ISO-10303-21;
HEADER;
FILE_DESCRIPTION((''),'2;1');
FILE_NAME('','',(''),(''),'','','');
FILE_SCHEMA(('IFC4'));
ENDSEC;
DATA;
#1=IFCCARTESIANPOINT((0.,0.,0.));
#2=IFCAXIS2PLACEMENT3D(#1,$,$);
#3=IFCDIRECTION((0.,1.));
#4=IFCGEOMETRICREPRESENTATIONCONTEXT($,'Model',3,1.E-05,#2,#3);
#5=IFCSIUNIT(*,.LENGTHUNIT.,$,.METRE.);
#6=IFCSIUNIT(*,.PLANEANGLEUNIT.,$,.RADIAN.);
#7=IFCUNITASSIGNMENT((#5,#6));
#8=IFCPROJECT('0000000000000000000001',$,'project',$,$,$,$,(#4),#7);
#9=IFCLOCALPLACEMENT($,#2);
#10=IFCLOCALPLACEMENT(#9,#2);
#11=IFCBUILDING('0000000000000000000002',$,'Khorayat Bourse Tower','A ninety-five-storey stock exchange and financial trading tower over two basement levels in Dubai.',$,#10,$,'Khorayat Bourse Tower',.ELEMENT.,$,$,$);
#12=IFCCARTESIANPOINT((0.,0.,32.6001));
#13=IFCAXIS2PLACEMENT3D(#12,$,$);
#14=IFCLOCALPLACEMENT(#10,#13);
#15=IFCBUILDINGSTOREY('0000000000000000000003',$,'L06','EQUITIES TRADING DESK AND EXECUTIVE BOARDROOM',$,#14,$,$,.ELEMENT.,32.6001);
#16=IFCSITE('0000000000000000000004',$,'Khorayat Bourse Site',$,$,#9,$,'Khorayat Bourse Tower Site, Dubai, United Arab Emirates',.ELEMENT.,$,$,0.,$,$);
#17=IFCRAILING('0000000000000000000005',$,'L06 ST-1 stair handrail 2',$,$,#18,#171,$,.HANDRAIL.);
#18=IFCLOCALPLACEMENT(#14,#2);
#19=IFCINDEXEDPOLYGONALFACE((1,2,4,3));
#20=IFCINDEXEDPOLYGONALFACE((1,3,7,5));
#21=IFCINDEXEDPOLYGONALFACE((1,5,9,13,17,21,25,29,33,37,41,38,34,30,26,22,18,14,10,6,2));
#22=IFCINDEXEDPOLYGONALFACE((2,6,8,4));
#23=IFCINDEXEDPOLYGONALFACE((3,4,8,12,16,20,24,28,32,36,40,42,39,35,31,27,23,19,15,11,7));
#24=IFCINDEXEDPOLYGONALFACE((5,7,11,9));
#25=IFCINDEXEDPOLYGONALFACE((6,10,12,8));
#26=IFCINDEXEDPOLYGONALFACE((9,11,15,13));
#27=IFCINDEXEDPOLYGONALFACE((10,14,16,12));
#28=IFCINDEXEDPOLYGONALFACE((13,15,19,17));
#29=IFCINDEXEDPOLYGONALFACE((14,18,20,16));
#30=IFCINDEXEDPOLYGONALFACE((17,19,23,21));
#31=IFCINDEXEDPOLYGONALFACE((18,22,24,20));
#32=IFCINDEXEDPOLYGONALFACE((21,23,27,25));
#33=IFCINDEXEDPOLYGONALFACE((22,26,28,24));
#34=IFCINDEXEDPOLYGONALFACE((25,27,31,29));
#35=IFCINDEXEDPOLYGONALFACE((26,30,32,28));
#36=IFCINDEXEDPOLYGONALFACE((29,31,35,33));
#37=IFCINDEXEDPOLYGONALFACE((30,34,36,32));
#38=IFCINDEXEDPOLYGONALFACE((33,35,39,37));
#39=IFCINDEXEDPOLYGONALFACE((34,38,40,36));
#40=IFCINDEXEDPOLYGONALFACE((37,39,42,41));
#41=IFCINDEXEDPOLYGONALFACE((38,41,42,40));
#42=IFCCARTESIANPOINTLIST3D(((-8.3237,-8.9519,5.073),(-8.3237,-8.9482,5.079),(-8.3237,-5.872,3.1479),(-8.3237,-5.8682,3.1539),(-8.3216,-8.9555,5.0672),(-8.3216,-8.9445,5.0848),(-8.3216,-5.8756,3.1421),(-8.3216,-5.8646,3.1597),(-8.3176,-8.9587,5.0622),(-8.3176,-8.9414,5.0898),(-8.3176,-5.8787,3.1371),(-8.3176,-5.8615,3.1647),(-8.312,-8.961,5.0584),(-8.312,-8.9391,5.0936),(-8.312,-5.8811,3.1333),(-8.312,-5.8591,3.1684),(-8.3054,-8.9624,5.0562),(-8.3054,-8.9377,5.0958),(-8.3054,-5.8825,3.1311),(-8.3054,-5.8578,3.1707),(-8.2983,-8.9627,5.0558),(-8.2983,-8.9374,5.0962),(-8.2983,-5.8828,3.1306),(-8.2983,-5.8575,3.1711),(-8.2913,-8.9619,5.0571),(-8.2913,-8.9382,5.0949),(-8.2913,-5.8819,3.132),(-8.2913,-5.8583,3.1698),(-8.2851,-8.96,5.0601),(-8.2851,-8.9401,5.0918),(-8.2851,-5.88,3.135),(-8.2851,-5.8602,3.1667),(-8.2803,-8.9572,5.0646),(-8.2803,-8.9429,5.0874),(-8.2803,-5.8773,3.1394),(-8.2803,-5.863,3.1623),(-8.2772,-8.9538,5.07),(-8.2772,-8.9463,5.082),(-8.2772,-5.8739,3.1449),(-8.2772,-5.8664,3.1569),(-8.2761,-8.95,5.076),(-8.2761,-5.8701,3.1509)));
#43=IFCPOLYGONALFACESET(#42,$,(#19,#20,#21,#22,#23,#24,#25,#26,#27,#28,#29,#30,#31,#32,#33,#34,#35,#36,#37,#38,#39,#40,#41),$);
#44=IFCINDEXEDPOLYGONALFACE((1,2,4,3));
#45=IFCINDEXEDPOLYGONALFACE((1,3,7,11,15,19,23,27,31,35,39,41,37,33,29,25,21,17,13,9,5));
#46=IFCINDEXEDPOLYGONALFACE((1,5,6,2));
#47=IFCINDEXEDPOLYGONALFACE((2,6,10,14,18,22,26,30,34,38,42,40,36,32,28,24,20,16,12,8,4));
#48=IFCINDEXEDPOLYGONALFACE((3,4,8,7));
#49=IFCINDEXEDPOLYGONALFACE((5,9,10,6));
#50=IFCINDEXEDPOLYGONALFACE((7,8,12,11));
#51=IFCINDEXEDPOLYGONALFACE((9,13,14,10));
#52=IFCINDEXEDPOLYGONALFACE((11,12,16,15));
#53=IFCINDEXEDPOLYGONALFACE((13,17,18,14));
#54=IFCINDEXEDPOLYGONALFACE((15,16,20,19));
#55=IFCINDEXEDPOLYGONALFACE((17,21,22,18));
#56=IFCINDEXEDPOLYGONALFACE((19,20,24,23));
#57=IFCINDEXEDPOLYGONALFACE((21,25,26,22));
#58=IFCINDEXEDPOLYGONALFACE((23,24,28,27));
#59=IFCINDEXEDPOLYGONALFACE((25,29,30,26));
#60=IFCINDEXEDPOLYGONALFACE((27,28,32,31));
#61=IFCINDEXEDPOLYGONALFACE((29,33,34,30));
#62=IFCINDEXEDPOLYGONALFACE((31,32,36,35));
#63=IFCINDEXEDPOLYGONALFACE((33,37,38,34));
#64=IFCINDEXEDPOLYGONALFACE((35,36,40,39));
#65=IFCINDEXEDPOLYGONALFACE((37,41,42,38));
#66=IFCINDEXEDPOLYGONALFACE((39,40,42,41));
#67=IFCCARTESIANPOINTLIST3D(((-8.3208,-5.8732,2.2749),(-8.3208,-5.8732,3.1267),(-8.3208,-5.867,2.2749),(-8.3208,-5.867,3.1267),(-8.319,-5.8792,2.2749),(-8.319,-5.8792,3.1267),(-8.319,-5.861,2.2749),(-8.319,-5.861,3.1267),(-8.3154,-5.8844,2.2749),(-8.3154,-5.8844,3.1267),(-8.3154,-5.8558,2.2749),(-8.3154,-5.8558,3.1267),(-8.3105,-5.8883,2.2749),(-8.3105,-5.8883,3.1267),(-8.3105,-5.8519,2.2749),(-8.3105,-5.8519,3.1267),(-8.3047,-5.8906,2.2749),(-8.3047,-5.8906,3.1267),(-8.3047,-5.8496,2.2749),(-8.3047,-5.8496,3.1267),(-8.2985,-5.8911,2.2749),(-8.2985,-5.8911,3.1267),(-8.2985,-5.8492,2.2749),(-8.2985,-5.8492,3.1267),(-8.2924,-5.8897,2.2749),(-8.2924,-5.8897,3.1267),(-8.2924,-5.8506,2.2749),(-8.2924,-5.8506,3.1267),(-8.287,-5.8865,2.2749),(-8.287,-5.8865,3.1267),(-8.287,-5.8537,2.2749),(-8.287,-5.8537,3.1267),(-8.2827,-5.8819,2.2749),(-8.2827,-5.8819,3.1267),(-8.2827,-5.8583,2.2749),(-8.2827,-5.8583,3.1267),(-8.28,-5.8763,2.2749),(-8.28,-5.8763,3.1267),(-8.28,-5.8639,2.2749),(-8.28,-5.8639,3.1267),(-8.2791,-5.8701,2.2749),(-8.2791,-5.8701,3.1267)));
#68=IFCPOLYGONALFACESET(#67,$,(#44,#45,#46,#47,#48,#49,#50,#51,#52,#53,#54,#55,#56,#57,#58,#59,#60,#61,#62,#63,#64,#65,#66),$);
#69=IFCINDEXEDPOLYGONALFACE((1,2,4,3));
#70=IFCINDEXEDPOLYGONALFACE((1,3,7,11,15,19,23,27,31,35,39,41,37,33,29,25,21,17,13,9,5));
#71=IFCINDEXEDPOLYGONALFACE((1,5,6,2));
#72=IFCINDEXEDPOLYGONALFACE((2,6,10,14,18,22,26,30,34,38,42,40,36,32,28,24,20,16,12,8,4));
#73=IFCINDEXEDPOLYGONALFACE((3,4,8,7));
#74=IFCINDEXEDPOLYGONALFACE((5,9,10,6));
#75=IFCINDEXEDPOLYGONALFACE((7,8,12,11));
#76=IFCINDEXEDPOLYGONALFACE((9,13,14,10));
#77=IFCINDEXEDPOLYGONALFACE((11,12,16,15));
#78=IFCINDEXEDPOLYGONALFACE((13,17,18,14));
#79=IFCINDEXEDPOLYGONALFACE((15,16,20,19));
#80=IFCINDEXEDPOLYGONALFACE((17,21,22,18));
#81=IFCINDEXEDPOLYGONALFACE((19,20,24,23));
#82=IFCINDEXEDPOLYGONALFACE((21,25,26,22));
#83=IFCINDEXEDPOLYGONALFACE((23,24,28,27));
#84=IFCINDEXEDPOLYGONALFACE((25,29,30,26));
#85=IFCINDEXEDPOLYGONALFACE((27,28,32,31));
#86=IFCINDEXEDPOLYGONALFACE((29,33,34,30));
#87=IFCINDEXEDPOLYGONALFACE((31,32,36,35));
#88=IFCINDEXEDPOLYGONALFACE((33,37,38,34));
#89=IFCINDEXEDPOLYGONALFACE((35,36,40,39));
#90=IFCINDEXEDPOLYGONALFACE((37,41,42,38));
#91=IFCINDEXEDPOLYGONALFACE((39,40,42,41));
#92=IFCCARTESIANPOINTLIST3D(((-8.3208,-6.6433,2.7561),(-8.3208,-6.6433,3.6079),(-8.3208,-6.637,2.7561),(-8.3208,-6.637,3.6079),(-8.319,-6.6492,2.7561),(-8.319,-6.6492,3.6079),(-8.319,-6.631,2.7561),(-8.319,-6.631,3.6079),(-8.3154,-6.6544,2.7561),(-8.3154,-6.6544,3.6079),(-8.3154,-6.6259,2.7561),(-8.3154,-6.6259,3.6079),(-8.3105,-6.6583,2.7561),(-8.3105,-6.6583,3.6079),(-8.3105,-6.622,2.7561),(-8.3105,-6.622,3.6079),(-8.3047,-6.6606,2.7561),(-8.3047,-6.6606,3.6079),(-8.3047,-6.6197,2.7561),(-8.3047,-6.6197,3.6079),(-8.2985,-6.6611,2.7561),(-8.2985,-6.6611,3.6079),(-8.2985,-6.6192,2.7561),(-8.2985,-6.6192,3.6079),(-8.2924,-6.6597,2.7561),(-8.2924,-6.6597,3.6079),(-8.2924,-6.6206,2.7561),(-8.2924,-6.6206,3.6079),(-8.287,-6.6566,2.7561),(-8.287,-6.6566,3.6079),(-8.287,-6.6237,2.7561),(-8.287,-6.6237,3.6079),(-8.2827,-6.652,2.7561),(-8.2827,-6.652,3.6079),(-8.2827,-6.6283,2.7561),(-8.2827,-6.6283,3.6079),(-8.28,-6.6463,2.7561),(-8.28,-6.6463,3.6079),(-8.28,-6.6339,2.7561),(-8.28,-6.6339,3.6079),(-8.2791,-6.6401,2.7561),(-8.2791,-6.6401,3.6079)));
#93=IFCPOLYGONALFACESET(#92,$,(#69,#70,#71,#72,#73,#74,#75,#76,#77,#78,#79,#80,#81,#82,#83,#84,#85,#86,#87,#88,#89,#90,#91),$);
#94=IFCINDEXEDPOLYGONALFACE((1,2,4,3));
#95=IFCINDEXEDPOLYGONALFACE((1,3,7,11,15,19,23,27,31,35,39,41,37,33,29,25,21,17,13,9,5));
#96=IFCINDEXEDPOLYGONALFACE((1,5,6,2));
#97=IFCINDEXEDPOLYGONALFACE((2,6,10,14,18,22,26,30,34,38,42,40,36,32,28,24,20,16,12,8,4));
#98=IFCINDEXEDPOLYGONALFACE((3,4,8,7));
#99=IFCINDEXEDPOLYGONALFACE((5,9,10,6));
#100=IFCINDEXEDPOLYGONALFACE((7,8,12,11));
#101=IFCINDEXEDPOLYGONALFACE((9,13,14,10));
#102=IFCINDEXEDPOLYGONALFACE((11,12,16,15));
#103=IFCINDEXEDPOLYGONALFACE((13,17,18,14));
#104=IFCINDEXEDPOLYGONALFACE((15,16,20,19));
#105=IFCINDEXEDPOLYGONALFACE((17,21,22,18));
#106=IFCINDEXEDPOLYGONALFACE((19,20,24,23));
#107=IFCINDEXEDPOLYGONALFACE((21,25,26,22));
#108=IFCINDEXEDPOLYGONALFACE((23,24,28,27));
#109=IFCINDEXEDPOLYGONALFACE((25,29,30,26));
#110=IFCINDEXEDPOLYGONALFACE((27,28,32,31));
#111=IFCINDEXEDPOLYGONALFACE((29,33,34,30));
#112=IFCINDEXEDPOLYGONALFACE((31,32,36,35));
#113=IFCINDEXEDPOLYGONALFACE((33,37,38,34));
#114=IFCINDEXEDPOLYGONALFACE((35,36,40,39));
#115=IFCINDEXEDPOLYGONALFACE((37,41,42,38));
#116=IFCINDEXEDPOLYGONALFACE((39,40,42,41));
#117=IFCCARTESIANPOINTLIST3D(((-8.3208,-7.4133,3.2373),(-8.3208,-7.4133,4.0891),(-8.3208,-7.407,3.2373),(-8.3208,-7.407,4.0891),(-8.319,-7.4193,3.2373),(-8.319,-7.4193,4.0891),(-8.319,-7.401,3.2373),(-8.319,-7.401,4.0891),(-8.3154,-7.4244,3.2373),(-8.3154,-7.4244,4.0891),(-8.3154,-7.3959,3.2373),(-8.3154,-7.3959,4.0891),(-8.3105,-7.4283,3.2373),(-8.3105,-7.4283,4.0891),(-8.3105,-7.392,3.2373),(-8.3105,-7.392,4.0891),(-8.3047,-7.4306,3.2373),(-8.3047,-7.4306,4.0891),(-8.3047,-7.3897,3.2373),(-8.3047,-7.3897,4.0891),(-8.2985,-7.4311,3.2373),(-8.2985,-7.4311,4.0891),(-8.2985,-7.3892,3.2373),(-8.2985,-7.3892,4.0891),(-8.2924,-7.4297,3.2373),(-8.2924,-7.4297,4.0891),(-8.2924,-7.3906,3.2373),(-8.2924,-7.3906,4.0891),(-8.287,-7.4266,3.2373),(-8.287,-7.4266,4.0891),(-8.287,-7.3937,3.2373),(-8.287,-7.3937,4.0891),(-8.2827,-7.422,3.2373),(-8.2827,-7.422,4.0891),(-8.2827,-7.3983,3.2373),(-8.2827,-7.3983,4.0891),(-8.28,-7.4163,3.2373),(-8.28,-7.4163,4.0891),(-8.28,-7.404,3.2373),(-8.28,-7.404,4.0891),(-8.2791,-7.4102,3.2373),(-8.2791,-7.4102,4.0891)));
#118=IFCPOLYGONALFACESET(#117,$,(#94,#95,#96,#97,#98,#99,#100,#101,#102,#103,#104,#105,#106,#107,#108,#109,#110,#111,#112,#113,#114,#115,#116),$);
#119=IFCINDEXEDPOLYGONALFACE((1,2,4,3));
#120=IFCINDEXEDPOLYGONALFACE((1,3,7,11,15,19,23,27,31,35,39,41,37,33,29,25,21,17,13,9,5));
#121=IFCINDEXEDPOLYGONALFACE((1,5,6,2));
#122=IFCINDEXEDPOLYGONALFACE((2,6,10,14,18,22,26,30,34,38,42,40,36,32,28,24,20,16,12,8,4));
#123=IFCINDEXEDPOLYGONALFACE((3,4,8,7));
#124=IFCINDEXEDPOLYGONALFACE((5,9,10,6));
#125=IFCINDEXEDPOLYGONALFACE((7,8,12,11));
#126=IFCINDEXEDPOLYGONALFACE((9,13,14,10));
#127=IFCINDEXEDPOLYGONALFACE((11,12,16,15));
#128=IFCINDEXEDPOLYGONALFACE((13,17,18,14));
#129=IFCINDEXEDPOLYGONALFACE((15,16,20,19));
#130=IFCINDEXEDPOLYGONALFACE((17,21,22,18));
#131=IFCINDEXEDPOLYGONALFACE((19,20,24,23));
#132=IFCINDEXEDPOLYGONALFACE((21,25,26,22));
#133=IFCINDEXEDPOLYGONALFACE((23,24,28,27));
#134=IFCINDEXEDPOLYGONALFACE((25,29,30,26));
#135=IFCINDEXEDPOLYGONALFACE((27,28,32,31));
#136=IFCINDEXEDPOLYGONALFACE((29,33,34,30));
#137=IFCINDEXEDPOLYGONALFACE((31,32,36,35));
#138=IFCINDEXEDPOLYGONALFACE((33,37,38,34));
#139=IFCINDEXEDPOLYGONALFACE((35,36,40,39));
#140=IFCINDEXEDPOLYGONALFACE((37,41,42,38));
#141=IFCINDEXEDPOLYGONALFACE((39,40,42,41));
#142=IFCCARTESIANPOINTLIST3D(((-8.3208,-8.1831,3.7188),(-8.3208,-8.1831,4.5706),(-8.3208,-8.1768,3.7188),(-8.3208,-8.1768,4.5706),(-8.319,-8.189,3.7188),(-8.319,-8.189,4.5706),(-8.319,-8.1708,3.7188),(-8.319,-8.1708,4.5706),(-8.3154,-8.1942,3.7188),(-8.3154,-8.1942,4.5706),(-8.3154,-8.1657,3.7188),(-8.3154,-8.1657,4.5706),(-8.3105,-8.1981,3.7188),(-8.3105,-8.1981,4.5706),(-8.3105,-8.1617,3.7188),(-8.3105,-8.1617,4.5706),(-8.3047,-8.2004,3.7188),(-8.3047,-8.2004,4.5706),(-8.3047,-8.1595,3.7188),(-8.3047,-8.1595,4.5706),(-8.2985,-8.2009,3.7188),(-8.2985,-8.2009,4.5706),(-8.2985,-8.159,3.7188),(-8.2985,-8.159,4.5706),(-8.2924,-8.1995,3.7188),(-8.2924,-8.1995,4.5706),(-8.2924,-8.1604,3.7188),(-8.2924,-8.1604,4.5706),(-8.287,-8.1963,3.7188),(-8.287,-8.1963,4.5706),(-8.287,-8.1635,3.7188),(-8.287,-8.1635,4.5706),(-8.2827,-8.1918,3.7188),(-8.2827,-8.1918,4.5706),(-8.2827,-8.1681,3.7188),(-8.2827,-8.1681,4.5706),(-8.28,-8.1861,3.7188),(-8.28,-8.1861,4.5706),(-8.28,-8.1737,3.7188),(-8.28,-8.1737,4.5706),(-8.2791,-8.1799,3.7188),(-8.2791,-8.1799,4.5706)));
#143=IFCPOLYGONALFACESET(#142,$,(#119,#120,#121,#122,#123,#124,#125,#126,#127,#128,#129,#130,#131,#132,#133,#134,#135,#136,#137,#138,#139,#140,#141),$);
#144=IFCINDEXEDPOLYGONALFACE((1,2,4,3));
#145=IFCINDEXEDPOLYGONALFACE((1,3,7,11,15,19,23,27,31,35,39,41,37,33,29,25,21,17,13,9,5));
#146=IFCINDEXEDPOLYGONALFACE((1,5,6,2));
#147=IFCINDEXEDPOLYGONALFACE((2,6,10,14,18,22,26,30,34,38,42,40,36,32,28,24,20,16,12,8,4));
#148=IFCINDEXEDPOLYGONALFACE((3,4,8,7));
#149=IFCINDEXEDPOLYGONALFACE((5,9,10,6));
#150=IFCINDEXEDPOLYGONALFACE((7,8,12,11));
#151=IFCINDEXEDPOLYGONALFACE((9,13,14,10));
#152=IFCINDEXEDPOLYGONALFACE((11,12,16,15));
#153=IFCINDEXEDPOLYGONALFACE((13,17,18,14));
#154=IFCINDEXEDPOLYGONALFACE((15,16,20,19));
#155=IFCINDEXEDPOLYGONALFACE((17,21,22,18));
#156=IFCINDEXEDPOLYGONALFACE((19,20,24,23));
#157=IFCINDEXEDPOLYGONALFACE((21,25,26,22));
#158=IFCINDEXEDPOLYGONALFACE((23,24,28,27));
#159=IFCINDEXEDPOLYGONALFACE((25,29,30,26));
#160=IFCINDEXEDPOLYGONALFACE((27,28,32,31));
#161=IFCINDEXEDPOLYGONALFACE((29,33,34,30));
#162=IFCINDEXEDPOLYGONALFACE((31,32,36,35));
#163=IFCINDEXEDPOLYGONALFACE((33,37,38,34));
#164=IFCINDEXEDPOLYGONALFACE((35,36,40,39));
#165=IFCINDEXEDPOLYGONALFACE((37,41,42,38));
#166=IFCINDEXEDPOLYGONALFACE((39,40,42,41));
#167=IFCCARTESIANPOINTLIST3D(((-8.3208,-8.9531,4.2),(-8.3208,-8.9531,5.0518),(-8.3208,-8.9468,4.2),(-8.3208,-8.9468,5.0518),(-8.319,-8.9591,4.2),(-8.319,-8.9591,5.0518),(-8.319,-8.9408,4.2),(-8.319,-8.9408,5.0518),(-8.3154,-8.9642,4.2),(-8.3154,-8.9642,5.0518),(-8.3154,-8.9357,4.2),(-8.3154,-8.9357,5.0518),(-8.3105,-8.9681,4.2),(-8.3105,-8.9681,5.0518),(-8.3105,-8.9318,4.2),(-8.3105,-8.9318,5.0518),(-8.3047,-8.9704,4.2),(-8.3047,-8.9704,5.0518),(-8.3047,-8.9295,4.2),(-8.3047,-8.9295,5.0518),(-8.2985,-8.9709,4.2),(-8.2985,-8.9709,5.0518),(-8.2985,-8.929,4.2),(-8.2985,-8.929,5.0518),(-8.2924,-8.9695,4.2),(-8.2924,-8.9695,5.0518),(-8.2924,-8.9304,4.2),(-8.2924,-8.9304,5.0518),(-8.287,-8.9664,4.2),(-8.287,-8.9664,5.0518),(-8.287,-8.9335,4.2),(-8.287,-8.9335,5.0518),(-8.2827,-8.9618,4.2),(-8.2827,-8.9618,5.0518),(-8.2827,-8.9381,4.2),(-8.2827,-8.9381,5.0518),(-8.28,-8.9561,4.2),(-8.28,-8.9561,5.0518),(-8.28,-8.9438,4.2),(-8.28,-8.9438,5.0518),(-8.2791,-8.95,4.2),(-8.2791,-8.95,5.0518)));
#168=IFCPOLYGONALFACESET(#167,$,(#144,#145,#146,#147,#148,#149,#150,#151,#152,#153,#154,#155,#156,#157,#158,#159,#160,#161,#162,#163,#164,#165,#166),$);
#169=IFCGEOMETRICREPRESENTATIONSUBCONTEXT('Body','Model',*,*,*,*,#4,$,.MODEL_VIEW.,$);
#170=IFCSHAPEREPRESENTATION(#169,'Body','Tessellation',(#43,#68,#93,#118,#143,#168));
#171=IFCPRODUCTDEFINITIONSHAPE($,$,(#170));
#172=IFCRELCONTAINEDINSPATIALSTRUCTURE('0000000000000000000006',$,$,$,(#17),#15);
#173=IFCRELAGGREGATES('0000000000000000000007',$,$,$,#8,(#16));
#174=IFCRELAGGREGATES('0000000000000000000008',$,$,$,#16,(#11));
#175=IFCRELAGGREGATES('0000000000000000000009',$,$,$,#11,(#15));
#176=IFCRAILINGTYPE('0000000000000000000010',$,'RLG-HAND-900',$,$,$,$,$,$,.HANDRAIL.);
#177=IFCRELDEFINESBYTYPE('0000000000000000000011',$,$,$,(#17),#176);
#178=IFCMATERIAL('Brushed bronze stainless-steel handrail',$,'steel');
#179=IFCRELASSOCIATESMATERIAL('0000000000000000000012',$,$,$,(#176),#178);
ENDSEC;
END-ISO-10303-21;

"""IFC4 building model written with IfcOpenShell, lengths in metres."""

from ifc_helpers import new_model, si_unit, direction, frame, origin, origin_2d, place, context, subcontext, project, spatial, circle, extrude, source, transform, mapped, material, type_object, element, save


model = new_model("IFC4")

# Units and contexts
model_context = context("Model", 3, precision=1e-05, world=origin(), true_north=direction((0.0, 1.0)))
body_context = subcontext(model_context, "Body", "Model", "MODEL_VIEW")
ifc_project = project(units=[si_unit("LENGTHUNIT", "METRE"), si_unit("PLANEANGLEUNIT", "RADIAN")], contexts=[model_context])

# Site, building, storey
site_placement = place(None, origin())
site = spatial("IfcSite", under=ifc_project, at=site_placement, Name="Khorayat Bourse Site", LongName="Khorayat Bourse Tower Site, Dubai, United Arab Emirates", CompositionType="ELEMENT", RefElevation=0.0)
building_placement = place(site_placement, origin())
building = spatial("IfcBuilding", under=site, at=building_placement, Name="Khorayat Bourse Tower", Description="A ninety-five-storey stock exchange and financial trading tower over two basement levels in Dubai.", LongName="Khorayat Bourse Tower", CompositionType="ELEMENT")
storey_placement = place(building_placement, frame((0.0, 0.0, 32.6001)))
storey = spatial("IfcBuildingStorey", under=building, at=storey_placement, Name="L06", Description="EQUITIES TRADING DESK AND EXECUTIVE BOARDROOM", CompositionType="ELEMENT", Elevation=32.6001)

# Railing
ifc_material_1 = material(Name="Brushed bronze stainless-steel handrail", Category="steel")
railing_type_1 = type_object("IfcRailingType", Name="RLG-HAND-900", PredefinedType="HANDRAIL", material=ifc_material_1)
shared_shape_1 = source(origin(), body_context, "Body", "SweptSolid", [
    extrude(circle(Radius=0.0239, at=origin_2d()), frame((0.0, 0.0, 0.876), z_axis=(0.0, -0.847979, 0.530029), x_axis=(1.0, 0.0, 0.0)), (0.0, 0.0, 1.0), 3.6321),
    extrude(circle(Radius=0.021, at=origin_2d()), origin(), (0.0, 0.0, 1.0), 0.8518),
    extrude(circle(Radius=0.021, at=origin_2d()), frame((0.0, -0.77, 0.4812)), (0.0, 0.0, 1.0), 0.8518),
    extrude(circle(Radius=0.021, at=origin_2d()), frame((0.0, -1.54, 0.9624)), (0.0, 0.0, 1.0), 0.8518),
    extrude(circle(Radius=0.021, at=origin_2d()), frame((0.0, -2.3098, 1.4438)), (0.0, 0.0, 1.0), 0.8518),
    extrude(circle(Radius=0.021, at=origin_2d()), frame((0.0, -3.0798, 1.925)), (0.0, 0.0, 1.0), 0.8518),
])
railing_1_placement = place(storey_placement, frame((-8.3, -5.8701, 2.2749)))
element("IfcRailing", 1, at=railing_1_placement, inside=storey, type_object=railing_type_1, Name="L06 ST-1 stair handrail 2", PredefinedType="HANDRAIL", context=body_context, shape_type="MappedRepresentation", body=[
    mapped(shared_shape_1, transform((0.0, 0.0, 0.0), scale=1.0)),
])

save(model, "model.ifc")
